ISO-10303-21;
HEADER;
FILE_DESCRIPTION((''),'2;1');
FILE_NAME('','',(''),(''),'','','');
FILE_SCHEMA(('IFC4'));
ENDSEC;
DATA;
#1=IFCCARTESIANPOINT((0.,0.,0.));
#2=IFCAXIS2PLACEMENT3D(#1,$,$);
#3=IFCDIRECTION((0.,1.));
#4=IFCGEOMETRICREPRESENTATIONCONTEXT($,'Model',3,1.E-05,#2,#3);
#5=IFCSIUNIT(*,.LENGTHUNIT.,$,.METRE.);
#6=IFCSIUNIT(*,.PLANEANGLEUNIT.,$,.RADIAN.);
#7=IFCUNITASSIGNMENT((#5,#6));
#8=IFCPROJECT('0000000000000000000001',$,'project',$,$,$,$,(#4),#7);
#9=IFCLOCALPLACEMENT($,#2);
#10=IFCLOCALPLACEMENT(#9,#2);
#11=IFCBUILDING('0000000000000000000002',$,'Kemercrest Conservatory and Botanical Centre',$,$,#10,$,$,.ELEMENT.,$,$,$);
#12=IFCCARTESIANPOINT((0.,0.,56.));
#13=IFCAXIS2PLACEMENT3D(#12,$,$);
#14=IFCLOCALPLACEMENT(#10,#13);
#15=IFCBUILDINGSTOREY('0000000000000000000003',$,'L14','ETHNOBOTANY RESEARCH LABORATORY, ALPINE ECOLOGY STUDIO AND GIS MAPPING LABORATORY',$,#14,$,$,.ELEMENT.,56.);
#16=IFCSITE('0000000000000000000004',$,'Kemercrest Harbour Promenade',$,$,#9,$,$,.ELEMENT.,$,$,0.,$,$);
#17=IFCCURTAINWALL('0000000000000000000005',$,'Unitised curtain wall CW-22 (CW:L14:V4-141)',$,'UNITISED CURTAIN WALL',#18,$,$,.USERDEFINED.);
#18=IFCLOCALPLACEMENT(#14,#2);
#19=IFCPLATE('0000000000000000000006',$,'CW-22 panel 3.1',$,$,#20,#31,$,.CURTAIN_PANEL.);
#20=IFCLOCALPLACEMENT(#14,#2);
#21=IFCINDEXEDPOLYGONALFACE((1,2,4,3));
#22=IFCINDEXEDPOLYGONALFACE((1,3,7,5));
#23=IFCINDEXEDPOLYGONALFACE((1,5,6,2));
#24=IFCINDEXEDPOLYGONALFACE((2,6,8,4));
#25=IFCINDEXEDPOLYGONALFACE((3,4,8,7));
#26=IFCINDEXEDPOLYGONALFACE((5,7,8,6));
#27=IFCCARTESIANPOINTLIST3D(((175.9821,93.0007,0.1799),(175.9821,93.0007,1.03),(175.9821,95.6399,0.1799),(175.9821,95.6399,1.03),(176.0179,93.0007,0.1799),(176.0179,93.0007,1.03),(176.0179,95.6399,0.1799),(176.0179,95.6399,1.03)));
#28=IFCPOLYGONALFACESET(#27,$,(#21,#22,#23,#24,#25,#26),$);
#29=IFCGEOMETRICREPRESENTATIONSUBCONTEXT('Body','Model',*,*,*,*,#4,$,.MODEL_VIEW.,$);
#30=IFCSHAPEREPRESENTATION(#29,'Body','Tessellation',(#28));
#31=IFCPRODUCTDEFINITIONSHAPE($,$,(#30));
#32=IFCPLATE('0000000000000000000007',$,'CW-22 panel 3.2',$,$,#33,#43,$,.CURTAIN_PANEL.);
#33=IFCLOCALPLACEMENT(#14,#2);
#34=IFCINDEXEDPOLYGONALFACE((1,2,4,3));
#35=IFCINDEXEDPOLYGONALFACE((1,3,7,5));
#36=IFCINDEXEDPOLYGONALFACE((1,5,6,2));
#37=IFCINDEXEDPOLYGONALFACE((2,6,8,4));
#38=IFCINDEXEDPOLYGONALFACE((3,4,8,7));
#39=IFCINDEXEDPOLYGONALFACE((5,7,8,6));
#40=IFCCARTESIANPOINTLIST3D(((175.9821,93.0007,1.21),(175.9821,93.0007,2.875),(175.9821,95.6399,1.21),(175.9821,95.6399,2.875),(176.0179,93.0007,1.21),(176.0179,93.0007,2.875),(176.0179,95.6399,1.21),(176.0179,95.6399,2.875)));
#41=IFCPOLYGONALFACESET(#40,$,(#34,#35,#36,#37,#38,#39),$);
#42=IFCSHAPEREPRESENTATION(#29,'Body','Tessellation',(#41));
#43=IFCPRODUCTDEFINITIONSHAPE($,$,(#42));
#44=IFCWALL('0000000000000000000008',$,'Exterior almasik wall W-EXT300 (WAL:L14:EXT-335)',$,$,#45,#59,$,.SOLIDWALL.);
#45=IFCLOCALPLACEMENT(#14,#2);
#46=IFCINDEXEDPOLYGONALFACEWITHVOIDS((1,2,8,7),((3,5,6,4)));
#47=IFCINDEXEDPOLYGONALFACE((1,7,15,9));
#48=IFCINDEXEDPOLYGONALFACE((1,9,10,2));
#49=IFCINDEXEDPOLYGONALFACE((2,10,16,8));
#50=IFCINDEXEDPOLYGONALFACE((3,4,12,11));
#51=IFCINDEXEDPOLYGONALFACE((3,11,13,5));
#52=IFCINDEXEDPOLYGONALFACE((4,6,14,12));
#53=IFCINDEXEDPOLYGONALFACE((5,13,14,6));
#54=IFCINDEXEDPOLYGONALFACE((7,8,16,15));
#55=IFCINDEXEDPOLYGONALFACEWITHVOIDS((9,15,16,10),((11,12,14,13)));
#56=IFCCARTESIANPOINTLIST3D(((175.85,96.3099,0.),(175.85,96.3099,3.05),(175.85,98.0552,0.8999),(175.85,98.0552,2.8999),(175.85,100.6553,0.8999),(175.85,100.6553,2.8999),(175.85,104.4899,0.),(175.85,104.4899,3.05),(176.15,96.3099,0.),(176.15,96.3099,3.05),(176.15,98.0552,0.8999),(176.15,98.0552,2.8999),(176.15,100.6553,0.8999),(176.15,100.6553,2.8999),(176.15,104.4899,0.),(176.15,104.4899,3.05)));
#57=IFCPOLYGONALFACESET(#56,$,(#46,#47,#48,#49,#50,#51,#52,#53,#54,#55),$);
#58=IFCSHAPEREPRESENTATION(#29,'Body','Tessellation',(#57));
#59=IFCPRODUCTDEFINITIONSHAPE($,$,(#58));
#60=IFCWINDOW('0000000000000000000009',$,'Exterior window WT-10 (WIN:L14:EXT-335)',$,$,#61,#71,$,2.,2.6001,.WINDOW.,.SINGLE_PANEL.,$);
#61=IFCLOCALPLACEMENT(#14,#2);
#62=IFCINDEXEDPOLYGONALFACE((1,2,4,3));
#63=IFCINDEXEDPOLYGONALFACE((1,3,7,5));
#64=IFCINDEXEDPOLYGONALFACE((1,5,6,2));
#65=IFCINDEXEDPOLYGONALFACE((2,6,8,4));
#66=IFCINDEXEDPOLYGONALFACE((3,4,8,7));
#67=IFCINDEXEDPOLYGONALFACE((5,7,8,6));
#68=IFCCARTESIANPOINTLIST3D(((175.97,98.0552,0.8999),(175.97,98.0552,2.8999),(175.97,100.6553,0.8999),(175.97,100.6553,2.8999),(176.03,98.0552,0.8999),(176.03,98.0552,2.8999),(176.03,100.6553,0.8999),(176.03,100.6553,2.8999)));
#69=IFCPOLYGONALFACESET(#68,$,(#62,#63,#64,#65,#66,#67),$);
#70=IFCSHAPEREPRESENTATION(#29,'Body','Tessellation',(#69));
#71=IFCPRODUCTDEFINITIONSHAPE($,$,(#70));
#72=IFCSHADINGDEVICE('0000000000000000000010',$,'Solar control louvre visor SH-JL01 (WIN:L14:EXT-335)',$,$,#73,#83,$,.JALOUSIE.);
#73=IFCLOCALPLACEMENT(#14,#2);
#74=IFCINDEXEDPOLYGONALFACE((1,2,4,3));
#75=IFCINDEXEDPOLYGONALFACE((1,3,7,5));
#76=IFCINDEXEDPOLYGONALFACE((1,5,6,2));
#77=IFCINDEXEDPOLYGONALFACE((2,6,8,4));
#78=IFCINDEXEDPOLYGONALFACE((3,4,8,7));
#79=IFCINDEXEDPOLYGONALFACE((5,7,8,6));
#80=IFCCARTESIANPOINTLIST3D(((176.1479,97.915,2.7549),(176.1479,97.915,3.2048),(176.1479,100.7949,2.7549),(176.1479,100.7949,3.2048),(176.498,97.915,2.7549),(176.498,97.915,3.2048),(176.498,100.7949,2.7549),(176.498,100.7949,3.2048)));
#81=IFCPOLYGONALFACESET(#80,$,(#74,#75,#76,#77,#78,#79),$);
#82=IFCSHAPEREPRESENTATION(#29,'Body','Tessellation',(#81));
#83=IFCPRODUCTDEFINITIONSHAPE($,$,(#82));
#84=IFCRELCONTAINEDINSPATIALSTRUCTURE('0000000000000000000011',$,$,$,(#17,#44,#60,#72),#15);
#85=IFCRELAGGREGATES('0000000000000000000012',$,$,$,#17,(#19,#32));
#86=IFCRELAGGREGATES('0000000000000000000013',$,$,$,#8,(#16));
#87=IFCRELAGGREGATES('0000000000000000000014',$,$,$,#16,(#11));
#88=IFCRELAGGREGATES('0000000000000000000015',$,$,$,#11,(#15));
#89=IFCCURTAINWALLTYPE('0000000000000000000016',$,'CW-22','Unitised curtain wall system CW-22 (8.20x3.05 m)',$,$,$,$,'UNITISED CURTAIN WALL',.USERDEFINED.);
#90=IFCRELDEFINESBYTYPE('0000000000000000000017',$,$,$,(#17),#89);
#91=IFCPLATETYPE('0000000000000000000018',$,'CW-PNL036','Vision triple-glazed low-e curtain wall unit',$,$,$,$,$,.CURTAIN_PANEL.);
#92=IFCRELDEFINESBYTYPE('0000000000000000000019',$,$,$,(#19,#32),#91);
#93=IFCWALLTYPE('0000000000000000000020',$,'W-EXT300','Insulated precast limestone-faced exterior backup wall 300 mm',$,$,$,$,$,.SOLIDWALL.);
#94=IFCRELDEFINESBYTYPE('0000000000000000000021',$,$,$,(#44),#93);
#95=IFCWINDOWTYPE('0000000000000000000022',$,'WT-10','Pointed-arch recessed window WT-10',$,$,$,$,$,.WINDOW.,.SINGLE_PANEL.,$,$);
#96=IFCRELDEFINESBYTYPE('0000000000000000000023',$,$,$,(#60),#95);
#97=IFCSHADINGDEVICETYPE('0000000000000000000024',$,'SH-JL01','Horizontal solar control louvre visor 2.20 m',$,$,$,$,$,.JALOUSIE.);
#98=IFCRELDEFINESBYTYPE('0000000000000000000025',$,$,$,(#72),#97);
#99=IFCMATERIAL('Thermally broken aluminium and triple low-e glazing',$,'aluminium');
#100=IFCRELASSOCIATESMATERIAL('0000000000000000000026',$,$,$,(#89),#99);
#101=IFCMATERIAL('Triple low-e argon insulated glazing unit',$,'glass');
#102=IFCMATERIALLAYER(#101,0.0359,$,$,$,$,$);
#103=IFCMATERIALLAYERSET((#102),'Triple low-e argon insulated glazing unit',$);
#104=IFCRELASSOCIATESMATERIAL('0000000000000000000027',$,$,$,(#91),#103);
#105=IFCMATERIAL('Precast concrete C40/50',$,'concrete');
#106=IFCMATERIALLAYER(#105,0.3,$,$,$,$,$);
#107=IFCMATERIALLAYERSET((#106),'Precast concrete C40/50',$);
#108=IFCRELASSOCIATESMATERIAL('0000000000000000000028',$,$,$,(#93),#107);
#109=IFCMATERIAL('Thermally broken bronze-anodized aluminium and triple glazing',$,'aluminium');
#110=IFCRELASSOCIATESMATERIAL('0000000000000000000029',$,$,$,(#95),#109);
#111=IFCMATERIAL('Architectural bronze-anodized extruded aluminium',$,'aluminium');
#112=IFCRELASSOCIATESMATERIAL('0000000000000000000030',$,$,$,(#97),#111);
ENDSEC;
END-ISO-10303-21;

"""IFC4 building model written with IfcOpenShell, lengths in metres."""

from ifc_helpers import new_model, si_unit, direction, frame, frame_2d, origin, origin_2d, place, context, subcontext, project, spatial, rectangle, extrude, material, layer, layer_set, type_object, element, fill, aggregate, save


model = new_model("IFC4")

# Units and contexts
model_context = context("Model", 3, precision=1e-05, world=origin(), true_north=direction((0.0, 1.0)))
body_context = subcontext(model_context, "Body", "Model", "MODEL_VIEW")
ifc_project = project(units=[si_unit("LENGTHUNIT", "METRE"), si_unit("PLANEANGLEUNIT", "RADIAN")], contexts=[model_context])

# Site, building, storey
site_placement = place(None, origin())
site = spatial("IfcSite", under=ifc_project, at=site_placement, Name="Kemercrest Harbour Promenade", CompositionType="ELEMENT", RefElevation=0.0)
building_placement = place(site_placement, origin())
building = spatial("IfcBuilding", under=site, at=building_placement, Name="Kemercrest Conservatory and Botanical Centre", CompositionType="ELEMENT")
storey_placement = place(building_placement, frame((0.0, 0.0, 56.0)))
storey = spatial("IfcBuildingStorey", under=building, at=storey_placement, Name="L14", Description="ETHNOBOTANY RESEARCH LABORATORY, ALPINE ECOLOGY STUDIO AND GIS MAPPING LABORATORY", CompositionType="ELEMENT", Elevation=56.0)

# Curtain wall
ifc_material_1 = material(Name="Thermally broken aluminium and triple low-e glazing", Category="aluminium")
curtain_wall_type = type_object("IfcCurtainWallType", Name="CW-22", Description="Unitised curtain wall system CW-22 (8.20x3.05 m)", ElementType="UNITISED CURTAIN WALL", PredefinedType="USERDEFINED", material=ifc_material_1)
curtain_wall_placement = place(storey_placement, origin())
curtain_wall = element("IfcCurtainWall", 1, at=curtain_wall_placement, inside=storey, type_object=curtain_wall_type, Name="Unitised curtain wall CW-22 (CW:L14:V4-141)", ObjectType="UNITISED CURTAIN WALL", PredefinedType="USERDEFINED")

# Plates
ifc_material_2 = material(Name="Triple low-e argon insulated glazing unit", Category="glass")
ifc_layer_1 = layer(ifc_material_2, 0.0359)
ifc_layer_set_1 = layer_set([ifc_layer_1], Name="Triple low-e argon insulated glazing unit")
plate_type = type_object("IfcPlateType", Name="CW-PNL036", Description="Vision triple-glazed low-e curtain wall unit", PredefinedType="CURTAIN_PANEL", material=ifc_layer_set_1)
plate_1_placement = place(storey_placement, frame((176.0, 94.3203, 0.1799), z_axis=(0.0, 0.0, 1.0), x_axis=(0.0, 1.0, 0.0)))
plate_1 = element("IfcPlate", 2, at=plate_1_placement, type_object=plate_type, Name="CW-22 panel 3.1", PredefinedType="CURTAIN_PANEL", context=body_context, shape_type="SweptSolid", body=[
    extrude(rectangle(XDim=2.6392, YDim=0.0359, at=origin_2d()), origin(), (0.0, 0.0, 1.0), 0.8501),
])
plate_2_placement = place(storey_placement, frame((176.0, 94.3203, 1.21), z_axis=(0.0, 0.0, 1.0), x_axis=(0.0, 1.0, 0.0)))
plate_2 = element("IfcPlate", 3, at=plate_2_placement, type_object=plate_type, Name="CW-22 panel 3.2", PredefinedType="CURTAIN_PANEL", context=body_context, shape_type="SweptSolid", body=[
    extrude(rectangle(XDim=2.6392, YDim=0.0359, at=origin_2d()), origin(), (0.0, 0.0, 1.0), 1.665),
])
aggregate(curtain_wall, [plate_1, plate_2])

# Wall, opening, window
ifc_material_3 = material(Name="Precast concrete C40/50", Category="concrete")
ifc_layer_2 = layer(ifc_material_3, 0.3)
ifc_layer_set_2 = layer_set([ifc_layer_2], Name="Precast concrete C40/50")
wall_type = type_object("IfcWallType", Name="W-EXT300", Description="Insulated precast limestone-faced exterior backup wall 300 mm", PredefinedType="SOLIDWALL", material=ifc_layer_set_2)
wall_placement = place(storey_placement, frame((176.0, 96.3101, 0.0), z_axis=(0.0, 0.0, 1.0), x_axis=(0.0, 1.0, 0.0)))
wall = element("IfcWall", 4, at=wall_placement, inside=storey, type_object=wall_type, Name="Exterior almasik wall W-EXT300 (WAL:L14:EXT-335)", PredefinedType="SOLIDWALL", context=body_context, shape_type="SweptSolid", body=[
    extrude(rectangle(XDim=8.1799, YDim=0.3, at=frame_2d((4.0898, 0.0))), origin(), (0.0, 0.0, 1.0), 3.05),
])
opening_placement = place(wall_placement, frame((1.7451, 0.0, 0.8999)))
opening = element("IfcOpeningElement", 5, at=opening_placement, cuts=wall, PredefinedType="OPENING", context=body_context, shape_type="SweptSolid", body=[
    extrude(rectangle(XDim=2.6001, YDim=2.0, at=frame_2d((1.3, 1.0))), frame((0.0, 0.1602, 0.0), z_axis=(0.0, -1.0, 0.0), x_axis=(1.0, 0.0, 0.0)), (0.0, 0.0, 1.0), 0.3201),
])
ifc_material_4 = material(Name="Thermally broken bronze-anodized aluminium and triple glazing", Category="aluminium")
window_type = type_object("IfcWindowType", Name="WT-10", Description="Pointed-arch recessed window WT-10", PartitioningType="SINGLE_PANEL", PredefinedType="WINDOW", material=ifc_material_4)
window_placement = place(opening_placement, origin())
window = element("IfcWindow", 6, at=window_placement, inside=storey, type_object=window_type, Name="Exterior window WT-10 (WIN:L14:EXT-335)", OverallHeight=2.0, OverallWidth=2.6001, PartitioningType="SINGLE_PANEL", PredefinedType="WINDOW", context=body_context, shape_type="SweptSolid", body=[
    extrude(rectangle(XDim=2.6001, YDim=2.0, at=frame_2d((1.3, 1.0))), frame((0.0, 0.03, 0.0), z_axis=(0.0, -1.0, 0.0), x_axis=(1.0, 0.0, 0.0)), (0.0, 0.0, 1.0), 0.0601),
])
fill(opening, window)

# Shading device
ifc_material_5 = material(Name="Architectural bronze-anodized extruded aluminium", Category="aluminium")
shading_device_type = type_object("IfcShadingDeviceType", Name="SH-JL01", Description="Horizontal solar control louvre visor 2.20 m", PredefinedType="JALOUSIE", material=ifc_material_5)
shading_device_placement = place(storey_placement, frame((176.323, 99.355, 2.7549), z_axis=(0.0, 0.0, 1.0), x_axis=(0.0, 1.0, 0.0)))
element("IfcShadingDevice", 7, at=shading_device_placement, inside=storey, type_object=shading_device_type, Name="Solar control louvre visor SH-JL01 (WIN:L14:EXT-335)", PredefinedType="JALOUSIE", context=body_context, shape_type="SweptSolid", body=[
    extrude(rectangle(XDim=2.8799, YDim=0.3501, at=origin_2d()), origin(), (0.0, 0.0, 1.0), 0.45),
])

save(model, "model.ifc")
